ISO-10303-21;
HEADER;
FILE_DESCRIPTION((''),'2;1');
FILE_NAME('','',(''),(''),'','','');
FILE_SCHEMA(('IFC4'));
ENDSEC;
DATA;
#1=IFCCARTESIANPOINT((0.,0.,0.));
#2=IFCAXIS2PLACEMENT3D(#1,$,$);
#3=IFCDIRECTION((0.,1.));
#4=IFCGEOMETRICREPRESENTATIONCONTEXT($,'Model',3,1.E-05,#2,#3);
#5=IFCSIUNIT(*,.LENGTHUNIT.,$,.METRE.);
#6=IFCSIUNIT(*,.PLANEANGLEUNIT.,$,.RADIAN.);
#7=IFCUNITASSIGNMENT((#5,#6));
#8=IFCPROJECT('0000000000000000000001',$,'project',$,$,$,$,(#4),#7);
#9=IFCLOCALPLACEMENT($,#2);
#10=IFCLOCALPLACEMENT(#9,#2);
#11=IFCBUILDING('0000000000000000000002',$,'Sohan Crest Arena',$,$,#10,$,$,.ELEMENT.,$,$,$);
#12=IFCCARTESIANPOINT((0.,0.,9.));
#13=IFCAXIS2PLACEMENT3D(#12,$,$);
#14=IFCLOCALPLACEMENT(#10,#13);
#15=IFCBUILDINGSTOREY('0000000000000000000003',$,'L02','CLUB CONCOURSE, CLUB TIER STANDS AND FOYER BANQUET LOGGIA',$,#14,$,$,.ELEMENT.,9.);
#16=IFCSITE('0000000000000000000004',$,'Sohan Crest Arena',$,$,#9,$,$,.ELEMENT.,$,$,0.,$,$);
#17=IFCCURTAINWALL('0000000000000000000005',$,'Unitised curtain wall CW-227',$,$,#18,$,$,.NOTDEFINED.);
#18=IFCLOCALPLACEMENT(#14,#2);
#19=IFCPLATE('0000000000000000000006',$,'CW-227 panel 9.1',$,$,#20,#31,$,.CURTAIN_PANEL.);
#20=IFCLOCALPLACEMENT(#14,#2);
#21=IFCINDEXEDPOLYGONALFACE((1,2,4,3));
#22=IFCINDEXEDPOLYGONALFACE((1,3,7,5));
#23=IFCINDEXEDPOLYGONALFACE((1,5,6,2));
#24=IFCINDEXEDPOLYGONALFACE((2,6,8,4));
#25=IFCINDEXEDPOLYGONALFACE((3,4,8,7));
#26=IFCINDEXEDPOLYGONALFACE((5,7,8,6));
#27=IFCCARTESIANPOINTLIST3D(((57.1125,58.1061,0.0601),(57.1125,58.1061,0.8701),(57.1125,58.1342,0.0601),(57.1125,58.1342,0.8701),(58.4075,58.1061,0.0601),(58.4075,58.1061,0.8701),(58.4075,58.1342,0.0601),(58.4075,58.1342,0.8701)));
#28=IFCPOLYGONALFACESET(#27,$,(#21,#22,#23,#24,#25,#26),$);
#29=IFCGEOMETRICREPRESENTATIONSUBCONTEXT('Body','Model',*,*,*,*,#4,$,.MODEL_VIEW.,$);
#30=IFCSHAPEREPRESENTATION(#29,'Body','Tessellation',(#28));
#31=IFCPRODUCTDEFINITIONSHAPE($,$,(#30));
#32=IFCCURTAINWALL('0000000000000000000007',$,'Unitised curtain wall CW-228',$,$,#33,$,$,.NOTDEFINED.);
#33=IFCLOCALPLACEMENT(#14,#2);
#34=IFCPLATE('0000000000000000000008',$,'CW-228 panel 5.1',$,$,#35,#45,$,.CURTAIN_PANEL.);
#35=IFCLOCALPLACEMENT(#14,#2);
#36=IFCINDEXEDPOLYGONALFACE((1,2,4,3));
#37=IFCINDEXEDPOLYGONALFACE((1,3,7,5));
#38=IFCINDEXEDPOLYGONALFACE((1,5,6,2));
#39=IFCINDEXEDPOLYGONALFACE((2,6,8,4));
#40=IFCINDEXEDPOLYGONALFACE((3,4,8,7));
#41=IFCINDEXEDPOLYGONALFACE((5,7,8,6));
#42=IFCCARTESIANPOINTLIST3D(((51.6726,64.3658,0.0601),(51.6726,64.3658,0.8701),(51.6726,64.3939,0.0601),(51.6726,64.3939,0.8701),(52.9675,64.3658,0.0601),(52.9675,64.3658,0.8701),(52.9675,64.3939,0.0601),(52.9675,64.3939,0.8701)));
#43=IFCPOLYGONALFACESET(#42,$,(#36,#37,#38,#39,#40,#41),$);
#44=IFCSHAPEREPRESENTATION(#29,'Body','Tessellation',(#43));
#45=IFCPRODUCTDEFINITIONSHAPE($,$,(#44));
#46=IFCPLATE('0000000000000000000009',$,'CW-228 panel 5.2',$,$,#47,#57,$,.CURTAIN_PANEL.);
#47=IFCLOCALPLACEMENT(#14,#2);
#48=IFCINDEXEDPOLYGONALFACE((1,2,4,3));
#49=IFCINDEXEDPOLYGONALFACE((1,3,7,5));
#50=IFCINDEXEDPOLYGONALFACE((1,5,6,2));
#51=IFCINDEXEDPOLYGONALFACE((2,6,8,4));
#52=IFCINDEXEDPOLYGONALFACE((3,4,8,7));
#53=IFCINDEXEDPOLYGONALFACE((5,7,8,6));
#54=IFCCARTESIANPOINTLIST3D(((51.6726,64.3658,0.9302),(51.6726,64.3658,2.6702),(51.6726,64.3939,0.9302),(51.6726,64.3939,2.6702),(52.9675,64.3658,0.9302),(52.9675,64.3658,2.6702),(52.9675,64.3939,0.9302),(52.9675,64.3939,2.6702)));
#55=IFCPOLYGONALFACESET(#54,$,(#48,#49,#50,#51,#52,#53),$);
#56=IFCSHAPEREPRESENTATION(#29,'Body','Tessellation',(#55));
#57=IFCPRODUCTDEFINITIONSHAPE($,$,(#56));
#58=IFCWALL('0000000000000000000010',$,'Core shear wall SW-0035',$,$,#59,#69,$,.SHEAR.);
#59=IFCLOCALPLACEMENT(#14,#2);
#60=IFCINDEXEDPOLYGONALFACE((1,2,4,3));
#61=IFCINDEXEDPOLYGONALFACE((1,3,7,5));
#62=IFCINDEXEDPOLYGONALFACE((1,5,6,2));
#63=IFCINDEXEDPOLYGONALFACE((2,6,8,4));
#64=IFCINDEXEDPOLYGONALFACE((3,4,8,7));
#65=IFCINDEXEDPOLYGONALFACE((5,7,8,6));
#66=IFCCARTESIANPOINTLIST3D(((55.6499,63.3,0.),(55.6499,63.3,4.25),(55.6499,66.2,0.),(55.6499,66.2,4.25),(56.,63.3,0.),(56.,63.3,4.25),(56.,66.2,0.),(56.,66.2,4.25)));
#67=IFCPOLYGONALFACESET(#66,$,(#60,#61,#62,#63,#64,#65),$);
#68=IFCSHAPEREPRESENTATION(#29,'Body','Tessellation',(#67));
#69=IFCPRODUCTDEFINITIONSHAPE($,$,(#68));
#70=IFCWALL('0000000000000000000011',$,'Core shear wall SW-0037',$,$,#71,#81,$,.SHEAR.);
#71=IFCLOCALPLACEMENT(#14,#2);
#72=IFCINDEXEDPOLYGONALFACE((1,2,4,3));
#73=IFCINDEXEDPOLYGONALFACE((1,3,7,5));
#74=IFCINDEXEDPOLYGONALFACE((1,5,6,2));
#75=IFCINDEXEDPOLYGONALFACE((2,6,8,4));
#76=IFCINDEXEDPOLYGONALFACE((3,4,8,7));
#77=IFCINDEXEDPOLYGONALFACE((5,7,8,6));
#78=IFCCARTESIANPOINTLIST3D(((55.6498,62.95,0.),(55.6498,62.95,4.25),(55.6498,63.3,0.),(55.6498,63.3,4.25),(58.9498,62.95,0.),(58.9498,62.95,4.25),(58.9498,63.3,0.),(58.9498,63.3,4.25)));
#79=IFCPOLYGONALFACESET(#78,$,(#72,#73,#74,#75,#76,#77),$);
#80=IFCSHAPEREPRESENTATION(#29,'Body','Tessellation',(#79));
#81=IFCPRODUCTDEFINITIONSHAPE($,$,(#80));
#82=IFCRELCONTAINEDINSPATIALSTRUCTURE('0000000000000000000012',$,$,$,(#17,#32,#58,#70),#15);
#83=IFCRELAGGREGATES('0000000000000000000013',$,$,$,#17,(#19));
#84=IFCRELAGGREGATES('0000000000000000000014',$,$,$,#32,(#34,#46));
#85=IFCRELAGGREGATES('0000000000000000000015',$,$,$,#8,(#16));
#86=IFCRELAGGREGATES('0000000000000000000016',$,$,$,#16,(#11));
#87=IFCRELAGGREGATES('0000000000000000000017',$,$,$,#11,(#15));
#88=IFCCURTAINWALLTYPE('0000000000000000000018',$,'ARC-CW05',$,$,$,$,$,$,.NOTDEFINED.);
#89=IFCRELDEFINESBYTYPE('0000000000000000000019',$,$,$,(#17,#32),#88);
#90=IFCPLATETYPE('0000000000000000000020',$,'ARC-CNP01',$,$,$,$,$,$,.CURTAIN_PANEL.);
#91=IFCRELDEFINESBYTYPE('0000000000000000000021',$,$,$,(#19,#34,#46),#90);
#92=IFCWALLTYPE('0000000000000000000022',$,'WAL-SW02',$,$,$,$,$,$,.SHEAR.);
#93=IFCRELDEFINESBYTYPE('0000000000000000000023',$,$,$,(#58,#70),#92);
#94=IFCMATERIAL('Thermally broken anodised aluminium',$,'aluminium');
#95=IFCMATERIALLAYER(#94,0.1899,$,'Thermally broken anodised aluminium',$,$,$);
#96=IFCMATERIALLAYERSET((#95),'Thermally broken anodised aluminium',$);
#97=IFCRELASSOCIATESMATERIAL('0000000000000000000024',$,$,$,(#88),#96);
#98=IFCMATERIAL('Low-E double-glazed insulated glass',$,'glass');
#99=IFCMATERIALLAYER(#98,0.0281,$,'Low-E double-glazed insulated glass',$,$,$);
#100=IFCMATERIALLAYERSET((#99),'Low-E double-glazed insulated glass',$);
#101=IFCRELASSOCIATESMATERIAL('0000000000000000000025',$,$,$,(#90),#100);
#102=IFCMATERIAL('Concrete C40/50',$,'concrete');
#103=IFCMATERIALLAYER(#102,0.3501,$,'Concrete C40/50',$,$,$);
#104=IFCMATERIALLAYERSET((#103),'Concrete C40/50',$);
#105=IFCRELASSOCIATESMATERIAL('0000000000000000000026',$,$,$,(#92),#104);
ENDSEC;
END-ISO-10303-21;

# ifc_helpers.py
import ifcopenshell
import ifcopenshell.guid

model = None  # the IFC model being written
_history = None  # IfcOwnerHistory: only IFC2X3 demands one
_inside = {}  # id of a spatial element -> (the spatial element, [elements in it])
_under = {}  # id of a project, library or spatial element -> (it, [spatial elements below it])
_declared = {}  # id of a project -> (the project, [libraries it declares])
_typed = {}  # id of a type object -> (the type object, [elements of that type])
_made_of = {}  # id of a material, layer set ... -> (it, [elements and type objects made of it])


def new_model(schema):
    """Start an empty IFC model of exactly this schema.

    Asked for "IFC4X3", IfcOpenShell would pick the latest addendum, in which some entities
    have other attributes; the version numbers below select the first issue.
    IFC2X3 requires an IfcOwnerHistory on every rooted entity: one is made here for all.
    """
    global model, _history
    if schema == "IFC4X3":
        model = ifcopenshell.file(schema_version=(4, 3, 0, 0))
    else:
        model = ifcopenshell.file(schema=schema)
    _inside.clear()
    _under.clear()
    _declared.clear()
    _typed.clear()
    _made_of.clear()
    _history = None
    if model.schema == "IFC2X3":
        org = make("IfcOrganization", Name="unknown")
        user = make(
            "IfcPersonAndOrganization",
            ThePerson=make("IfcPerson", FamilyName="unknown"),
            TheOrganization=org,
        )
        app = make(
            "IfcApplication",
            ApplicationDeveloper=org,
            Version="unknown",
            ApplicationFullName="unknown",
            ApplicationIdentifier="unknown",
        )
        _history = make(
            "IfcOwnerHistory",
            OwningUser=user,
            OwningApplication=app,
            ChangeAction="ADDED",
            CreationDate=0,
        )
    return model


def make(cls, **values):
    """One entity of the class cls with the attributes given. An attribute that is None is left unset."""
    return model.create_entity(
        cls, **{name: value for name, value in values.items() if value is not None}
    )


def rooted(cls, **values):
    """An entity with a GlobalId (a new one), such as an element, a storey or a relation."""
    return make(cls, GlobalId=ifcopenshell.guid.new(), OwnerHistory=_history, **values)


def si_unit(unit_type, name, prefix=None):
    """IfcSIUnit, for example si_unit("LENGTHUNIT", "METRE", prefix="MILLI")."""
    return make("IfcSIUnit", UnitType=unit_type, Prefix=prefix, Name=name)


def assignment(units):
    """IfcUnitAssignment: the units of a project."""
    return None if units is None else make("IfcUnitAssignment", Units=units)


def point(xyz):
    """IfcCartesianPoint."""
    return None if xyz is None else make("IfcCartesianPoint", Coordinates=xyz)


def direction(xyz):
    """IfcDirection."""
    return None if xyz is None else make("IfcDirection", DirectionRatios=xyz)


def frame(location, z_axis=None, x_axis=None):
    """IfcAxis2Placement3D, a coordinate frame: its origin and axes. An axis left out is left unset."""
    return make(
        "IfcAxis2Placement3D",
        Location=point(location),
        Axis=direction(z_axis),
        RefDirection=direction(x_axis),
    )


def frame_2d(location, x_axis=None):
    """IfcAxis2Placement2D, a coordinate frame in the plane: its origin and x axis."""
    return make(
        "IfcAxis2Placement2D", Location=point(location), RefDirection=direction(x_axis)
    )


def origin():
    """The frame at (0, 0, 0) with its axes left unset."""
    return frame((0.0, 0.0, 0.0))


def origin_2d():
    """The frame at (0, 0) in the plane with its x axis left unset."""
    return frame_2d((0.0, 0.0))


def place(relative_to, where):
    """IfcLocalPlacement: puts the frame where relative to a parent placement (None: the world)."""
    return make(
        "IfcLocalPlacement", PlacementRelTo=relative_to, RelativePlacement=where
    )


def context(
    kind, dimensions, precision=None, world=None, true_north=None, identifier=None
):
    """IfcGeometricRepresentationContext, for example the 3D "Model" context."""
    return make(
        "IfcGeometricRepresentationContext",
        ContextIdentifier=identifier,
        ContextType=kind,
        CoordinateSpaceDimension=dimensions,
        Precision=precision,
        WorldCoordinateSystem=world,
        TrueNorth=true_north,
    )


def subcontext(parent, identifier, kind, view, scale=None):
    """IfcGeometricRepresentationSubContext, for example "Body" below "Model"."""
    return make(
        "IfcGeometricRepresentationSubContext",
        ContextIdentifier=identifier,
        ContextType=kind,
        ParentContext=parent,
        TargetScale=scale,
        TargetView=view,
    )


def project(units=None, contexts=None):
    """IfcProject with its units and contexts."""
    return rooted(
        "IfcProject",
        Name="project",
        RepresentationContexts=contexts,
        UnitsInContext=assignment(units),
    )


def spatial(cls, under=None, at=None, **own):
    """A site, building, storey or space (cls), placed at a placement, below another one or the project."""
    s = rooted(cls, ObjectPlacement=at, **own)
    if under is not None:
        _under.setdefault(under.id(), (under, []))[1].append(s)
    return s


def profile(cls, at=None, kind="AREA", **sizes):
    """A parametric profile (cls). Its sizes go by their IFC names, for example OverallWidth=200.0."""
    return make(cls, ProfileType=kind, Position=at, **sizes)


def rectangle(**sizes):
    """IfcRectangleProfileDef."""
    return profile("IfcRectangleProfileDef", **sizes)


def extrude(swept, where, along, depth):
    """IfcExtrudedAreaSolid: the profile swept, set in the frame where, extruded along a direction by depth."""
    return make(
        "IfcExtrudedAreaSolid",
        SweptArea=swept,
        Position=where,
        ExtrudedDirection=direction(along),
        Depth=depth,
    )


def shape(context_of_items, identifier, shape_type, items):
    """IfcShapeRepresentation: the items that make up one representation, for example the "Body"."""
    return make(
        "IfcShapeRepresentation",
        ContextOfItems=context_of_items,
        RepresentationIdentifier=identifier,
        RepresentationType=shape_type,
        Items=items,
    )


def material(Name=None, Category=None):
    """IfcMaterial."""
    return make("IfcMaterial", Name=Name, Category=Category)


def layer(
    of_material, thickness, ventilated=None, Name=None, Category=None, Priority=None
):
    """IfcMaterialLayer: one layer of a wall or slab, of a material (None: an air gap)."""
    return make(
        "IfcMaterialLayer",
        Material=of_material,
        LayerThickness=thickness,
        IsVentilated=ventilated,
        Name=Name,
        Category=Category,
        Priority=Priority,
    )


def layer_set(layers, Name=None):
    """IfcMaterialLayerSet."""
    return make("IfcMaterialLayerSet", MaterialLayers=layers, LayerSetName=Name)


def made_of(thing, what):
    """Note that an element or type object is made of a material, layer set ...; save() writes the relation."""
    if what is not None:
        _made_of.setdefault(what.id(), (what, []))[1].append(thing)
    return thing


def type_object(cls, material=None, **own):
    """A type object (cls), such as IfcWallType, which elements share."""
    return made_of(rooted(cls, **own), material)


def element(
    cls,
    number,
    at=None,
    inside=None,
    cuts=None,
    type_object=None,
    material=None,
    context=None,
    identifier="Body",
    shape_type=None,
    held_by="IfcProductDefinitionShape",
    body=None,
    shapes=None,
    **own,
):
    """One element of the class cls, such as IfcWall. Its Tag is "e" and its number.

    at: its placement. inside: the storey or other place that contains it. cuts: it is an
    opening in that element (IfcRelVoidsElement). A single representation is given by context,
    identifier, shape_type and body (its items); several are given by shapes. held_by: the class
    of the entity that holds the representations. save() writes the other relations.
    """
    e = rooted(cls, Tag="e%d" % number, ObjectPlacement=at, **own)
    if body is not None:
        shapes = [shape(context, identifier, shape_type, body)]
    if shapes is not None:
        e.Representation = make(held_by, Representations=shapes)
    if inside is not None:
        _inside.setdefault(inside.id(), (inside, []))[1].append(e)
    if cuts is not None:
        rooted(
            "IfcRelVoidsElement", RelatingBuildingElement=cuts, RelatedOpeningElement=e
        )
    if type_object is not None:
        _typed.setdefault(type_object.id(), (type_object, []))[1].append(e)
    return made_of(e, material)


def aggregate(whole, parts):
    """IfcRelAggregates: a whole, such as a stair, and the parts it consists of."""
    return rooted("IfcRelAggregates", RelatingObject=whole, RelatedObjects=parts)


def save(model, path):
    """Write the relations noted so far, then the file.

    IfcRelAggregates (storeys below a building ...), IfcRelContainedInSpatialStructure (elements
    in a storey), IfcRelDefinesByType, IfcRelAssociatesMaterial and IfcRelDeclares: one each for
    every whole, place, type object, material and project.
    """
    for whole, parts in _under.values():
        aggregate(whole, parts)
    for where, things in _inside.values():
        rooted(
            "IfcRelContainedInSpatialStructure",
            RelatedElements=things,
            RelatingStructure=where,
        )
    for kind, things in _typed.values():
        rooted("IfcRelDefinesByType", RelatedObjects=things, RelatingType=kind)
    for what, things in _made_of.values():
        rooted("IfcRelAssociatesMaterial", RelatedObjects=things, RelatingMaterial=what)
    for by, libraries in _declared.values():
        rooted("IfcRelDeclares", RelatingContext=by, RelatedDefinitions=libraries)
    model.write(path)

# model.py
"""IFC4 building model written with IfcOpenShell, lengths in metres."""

from ifc_helpers import new_model, si_unit, direction, frame, frame_2d, origin, origin_2d, place, context, subcontext, project, spatial, rectangle, extrude, material, layer, layer_set, type_object, element, aggregate, save


model = new_model("IFC4")

# Units and contexts
model_context = context("Model", 3, precision=1e-05, world=origin(), true_north=direction((0.0, 1.0)))
body_context = subcontext(model_context, "Body", "Model", "MODEL_VIEW")
ifc_project = project(units=[si_unit("LENGTHUNIT", "METRE"), si_unit("PLANEANGLEUNIT", "RADIAN")], contexts=[model_context])

# Site, building, storey
site_placement = place(None, origin())
site = spatial("IfcSite", under=ifc_project, at=site_placement, Name="Sohan Crest Arena", CompositionType="ELEMENT", RefElevation=0.0)
building_placement = place(site_placement, origin())
building = spatial("IfcBuilding", under=site, at=building_placement, Name="Sohan Crest Arena", CompositionType="ELEMENT")
storey_placement = place(building_placement, frame((0.0, 0.0, 9.0)))
storey = spatial("IfcBuildingStorey", under=building, at=storey_placement, Name="L02", Description="CLUB CONCOURSE, CLUB TIER STANDS AND FOYER BANQUET LOGGIA", CompositionType="ELEMENT", Elevation=9.0)

# Curtain wall, plate
ifc_material_1 = material(Name="Thermally broken anodised aluminium", Category="aluminium")
ifc_layer_1 = layer(ifc_material_1, 0.1899, Name="Thermally broken anodised aluminium")
ifc_layer_set_1 = layer_set([ifc_layer_1], Name="Thermally broken anodised aluminium")
curtain_wall_type = type_object("IfcCurtainWallType", Name="ARC-CW05", PredefinedType="NOTDEFINED", material=ifc_layer_set_1)
curtain_wall_1_placement = place(storey_placement, origin())
curtain_wall_1 = element("IfcCurtainWall", 1, at=curtain_wall_1_placement, inside=storey, type_object=curtain_wall_type, Name="Unitised curtain wall CW-227", PredefinedType="NOTDEFINED")
ifc_material_2 = material(Name="Low-E double-glazed insulated glass", Category="glass")
ifc_layer_2 = layer(ifc_material_2, 0.0281, Name="Low-E double-glazed insulated glass")
ifc_layer_set_2 = layer_set([ifc_layer_2], Name="Low-E double-glazed insulated glass")
plate_type = type_object("IfcPlateType", Name="ARC-CNP01", PredefinedType="CURTAIN_PANEL", material=ifc_layer_set_2)
plate_1_placement = place(storey_placement, frame((57.76, 58.1201, 0.0601), z_axis=(0.0, 0.0, 1.0), x_axis=(1.0, 0.0, 0.0)))
plate_1 = element("IfcPlate", 2, at=plate_1_placement, type_object=plate_type, Name="CW-227 panel 9.1", PredefinedType="CURTAIN_PANEL", context=body_context, shape_type="SweptSolid", body=[
    extrude(rectangle(XDim=1.2949, YDim=0.0281, at=origin_2d()), origin(), (0.0, 0.0, 1.0), 0.8101),
])
aggregate(curtain_wall_1, [plate_1])

# Curtain wall, plates
curtain_wall_2_placement = place(storey_placement, origin())
curtain_wall_2 = element("IfcCurtainWall", 3, at=curtain_wall_2_placement, inside=storey, type_object=curtain_wall_type, Name="Unitised curtain wall CW-228", PredefinedType="NOTDEFINED")
plate_2_placement = place(storey_placement, frame((52.3201, 64.3799, 0.0601), z_axis=(0.0, 0.0, 1.0), x_axis=(1.0, 0.0, 0.0)))
plate_2 = element("IfcPlate", 4, at=plate_2_placement, type_object=plate_type, Name="CW-228 panel 5.1", PredefinedType="CURTAIN_PANEL", context=body_context, shape_type="SweptSolid", body=[
    extrude(rectangle(XDim=1.2949, YDim=0.0281, at=origin_2d()), origin(), (0.0, 0.0, 1.0), 0.8101),
])
plate_3_placement = place(storey_placement, frame((52.3201, 64.3799, 0.9302), z_axis=(0.0, 0.0, 1.0), x_axis=(1.0, 0.0, 0.0)))
plate_3 = element("IfcPlate", 5, at=plate_3_placement, type_object=plate_type, Name="CW-228 panel 5.2", PredefinedType="CURTAIN_PANEL", context=body_context, shape_type="SweptSolid", body=[
    extrude(rectangle(XDim=1.2949, YDim=0.0281, at=origin_2d()), origin(), (0.0, 0.0, 1.0), 1.74),
])
aggregate(curtain_wall_2, [plate_2, plate_3])

# Walls
ifc_material_3 = material(Name="Concrete C40/50", Category="concrete")
ifc_layer_3 = layer(ifc_material_3, 0.3501, Name="Concrete C40/50")
ifc_layer_set_3 = layer_set([ifc_layer_3], Name="Concrete C40/50")
wall_type = type_object("IfcWallType", Name="WAL-SW02", PredefinedType="SHEAR", material=ifc_layer_set_3)
wall_1_placement = place(storey_placement, frame((55.825, 63.3, 0.0), z_axis=(0.0, 0.0, 1.0), x_axis=(0.0, 1.0, 0.0)))
element("IfcWall", 6, at=wall_1_placement, inside=storey, type_object=wall_type, Name="Core shear wall SW-0035", PredefinedType="SHEAR", context=body_context, shape_type="SweptSolid", body=[
    extrude(rectangle(XDim=2.8999, YDim=0.3501, at=frame_2d((1.45, 0.0))), origin(), (0.0, 0.0, 1.0), 4.25),
])
wall_2_placement = place(storey_placement, frame((55.6499, 63.125, 0.0), z_axis=(0.0, 0.0, 1.0), x_axis=(1.0, 0.0, 0.0)))
element("IfcWall", 7, at=wall_2_placement, inside=storey, type_object=wall_type, Name="Core shear wall SW-0037", PredefinedType="SHEAR", context=body_context, shape_type="SweptSolid", body=[
    extrude(rectangle(XDim=3.3, YDim=0.3501, at=frame_2d((1.6499, 0.0))), origin(), (0.0, 0.0, 1.0), 4.25),
])

save(model, "model.ifc")
